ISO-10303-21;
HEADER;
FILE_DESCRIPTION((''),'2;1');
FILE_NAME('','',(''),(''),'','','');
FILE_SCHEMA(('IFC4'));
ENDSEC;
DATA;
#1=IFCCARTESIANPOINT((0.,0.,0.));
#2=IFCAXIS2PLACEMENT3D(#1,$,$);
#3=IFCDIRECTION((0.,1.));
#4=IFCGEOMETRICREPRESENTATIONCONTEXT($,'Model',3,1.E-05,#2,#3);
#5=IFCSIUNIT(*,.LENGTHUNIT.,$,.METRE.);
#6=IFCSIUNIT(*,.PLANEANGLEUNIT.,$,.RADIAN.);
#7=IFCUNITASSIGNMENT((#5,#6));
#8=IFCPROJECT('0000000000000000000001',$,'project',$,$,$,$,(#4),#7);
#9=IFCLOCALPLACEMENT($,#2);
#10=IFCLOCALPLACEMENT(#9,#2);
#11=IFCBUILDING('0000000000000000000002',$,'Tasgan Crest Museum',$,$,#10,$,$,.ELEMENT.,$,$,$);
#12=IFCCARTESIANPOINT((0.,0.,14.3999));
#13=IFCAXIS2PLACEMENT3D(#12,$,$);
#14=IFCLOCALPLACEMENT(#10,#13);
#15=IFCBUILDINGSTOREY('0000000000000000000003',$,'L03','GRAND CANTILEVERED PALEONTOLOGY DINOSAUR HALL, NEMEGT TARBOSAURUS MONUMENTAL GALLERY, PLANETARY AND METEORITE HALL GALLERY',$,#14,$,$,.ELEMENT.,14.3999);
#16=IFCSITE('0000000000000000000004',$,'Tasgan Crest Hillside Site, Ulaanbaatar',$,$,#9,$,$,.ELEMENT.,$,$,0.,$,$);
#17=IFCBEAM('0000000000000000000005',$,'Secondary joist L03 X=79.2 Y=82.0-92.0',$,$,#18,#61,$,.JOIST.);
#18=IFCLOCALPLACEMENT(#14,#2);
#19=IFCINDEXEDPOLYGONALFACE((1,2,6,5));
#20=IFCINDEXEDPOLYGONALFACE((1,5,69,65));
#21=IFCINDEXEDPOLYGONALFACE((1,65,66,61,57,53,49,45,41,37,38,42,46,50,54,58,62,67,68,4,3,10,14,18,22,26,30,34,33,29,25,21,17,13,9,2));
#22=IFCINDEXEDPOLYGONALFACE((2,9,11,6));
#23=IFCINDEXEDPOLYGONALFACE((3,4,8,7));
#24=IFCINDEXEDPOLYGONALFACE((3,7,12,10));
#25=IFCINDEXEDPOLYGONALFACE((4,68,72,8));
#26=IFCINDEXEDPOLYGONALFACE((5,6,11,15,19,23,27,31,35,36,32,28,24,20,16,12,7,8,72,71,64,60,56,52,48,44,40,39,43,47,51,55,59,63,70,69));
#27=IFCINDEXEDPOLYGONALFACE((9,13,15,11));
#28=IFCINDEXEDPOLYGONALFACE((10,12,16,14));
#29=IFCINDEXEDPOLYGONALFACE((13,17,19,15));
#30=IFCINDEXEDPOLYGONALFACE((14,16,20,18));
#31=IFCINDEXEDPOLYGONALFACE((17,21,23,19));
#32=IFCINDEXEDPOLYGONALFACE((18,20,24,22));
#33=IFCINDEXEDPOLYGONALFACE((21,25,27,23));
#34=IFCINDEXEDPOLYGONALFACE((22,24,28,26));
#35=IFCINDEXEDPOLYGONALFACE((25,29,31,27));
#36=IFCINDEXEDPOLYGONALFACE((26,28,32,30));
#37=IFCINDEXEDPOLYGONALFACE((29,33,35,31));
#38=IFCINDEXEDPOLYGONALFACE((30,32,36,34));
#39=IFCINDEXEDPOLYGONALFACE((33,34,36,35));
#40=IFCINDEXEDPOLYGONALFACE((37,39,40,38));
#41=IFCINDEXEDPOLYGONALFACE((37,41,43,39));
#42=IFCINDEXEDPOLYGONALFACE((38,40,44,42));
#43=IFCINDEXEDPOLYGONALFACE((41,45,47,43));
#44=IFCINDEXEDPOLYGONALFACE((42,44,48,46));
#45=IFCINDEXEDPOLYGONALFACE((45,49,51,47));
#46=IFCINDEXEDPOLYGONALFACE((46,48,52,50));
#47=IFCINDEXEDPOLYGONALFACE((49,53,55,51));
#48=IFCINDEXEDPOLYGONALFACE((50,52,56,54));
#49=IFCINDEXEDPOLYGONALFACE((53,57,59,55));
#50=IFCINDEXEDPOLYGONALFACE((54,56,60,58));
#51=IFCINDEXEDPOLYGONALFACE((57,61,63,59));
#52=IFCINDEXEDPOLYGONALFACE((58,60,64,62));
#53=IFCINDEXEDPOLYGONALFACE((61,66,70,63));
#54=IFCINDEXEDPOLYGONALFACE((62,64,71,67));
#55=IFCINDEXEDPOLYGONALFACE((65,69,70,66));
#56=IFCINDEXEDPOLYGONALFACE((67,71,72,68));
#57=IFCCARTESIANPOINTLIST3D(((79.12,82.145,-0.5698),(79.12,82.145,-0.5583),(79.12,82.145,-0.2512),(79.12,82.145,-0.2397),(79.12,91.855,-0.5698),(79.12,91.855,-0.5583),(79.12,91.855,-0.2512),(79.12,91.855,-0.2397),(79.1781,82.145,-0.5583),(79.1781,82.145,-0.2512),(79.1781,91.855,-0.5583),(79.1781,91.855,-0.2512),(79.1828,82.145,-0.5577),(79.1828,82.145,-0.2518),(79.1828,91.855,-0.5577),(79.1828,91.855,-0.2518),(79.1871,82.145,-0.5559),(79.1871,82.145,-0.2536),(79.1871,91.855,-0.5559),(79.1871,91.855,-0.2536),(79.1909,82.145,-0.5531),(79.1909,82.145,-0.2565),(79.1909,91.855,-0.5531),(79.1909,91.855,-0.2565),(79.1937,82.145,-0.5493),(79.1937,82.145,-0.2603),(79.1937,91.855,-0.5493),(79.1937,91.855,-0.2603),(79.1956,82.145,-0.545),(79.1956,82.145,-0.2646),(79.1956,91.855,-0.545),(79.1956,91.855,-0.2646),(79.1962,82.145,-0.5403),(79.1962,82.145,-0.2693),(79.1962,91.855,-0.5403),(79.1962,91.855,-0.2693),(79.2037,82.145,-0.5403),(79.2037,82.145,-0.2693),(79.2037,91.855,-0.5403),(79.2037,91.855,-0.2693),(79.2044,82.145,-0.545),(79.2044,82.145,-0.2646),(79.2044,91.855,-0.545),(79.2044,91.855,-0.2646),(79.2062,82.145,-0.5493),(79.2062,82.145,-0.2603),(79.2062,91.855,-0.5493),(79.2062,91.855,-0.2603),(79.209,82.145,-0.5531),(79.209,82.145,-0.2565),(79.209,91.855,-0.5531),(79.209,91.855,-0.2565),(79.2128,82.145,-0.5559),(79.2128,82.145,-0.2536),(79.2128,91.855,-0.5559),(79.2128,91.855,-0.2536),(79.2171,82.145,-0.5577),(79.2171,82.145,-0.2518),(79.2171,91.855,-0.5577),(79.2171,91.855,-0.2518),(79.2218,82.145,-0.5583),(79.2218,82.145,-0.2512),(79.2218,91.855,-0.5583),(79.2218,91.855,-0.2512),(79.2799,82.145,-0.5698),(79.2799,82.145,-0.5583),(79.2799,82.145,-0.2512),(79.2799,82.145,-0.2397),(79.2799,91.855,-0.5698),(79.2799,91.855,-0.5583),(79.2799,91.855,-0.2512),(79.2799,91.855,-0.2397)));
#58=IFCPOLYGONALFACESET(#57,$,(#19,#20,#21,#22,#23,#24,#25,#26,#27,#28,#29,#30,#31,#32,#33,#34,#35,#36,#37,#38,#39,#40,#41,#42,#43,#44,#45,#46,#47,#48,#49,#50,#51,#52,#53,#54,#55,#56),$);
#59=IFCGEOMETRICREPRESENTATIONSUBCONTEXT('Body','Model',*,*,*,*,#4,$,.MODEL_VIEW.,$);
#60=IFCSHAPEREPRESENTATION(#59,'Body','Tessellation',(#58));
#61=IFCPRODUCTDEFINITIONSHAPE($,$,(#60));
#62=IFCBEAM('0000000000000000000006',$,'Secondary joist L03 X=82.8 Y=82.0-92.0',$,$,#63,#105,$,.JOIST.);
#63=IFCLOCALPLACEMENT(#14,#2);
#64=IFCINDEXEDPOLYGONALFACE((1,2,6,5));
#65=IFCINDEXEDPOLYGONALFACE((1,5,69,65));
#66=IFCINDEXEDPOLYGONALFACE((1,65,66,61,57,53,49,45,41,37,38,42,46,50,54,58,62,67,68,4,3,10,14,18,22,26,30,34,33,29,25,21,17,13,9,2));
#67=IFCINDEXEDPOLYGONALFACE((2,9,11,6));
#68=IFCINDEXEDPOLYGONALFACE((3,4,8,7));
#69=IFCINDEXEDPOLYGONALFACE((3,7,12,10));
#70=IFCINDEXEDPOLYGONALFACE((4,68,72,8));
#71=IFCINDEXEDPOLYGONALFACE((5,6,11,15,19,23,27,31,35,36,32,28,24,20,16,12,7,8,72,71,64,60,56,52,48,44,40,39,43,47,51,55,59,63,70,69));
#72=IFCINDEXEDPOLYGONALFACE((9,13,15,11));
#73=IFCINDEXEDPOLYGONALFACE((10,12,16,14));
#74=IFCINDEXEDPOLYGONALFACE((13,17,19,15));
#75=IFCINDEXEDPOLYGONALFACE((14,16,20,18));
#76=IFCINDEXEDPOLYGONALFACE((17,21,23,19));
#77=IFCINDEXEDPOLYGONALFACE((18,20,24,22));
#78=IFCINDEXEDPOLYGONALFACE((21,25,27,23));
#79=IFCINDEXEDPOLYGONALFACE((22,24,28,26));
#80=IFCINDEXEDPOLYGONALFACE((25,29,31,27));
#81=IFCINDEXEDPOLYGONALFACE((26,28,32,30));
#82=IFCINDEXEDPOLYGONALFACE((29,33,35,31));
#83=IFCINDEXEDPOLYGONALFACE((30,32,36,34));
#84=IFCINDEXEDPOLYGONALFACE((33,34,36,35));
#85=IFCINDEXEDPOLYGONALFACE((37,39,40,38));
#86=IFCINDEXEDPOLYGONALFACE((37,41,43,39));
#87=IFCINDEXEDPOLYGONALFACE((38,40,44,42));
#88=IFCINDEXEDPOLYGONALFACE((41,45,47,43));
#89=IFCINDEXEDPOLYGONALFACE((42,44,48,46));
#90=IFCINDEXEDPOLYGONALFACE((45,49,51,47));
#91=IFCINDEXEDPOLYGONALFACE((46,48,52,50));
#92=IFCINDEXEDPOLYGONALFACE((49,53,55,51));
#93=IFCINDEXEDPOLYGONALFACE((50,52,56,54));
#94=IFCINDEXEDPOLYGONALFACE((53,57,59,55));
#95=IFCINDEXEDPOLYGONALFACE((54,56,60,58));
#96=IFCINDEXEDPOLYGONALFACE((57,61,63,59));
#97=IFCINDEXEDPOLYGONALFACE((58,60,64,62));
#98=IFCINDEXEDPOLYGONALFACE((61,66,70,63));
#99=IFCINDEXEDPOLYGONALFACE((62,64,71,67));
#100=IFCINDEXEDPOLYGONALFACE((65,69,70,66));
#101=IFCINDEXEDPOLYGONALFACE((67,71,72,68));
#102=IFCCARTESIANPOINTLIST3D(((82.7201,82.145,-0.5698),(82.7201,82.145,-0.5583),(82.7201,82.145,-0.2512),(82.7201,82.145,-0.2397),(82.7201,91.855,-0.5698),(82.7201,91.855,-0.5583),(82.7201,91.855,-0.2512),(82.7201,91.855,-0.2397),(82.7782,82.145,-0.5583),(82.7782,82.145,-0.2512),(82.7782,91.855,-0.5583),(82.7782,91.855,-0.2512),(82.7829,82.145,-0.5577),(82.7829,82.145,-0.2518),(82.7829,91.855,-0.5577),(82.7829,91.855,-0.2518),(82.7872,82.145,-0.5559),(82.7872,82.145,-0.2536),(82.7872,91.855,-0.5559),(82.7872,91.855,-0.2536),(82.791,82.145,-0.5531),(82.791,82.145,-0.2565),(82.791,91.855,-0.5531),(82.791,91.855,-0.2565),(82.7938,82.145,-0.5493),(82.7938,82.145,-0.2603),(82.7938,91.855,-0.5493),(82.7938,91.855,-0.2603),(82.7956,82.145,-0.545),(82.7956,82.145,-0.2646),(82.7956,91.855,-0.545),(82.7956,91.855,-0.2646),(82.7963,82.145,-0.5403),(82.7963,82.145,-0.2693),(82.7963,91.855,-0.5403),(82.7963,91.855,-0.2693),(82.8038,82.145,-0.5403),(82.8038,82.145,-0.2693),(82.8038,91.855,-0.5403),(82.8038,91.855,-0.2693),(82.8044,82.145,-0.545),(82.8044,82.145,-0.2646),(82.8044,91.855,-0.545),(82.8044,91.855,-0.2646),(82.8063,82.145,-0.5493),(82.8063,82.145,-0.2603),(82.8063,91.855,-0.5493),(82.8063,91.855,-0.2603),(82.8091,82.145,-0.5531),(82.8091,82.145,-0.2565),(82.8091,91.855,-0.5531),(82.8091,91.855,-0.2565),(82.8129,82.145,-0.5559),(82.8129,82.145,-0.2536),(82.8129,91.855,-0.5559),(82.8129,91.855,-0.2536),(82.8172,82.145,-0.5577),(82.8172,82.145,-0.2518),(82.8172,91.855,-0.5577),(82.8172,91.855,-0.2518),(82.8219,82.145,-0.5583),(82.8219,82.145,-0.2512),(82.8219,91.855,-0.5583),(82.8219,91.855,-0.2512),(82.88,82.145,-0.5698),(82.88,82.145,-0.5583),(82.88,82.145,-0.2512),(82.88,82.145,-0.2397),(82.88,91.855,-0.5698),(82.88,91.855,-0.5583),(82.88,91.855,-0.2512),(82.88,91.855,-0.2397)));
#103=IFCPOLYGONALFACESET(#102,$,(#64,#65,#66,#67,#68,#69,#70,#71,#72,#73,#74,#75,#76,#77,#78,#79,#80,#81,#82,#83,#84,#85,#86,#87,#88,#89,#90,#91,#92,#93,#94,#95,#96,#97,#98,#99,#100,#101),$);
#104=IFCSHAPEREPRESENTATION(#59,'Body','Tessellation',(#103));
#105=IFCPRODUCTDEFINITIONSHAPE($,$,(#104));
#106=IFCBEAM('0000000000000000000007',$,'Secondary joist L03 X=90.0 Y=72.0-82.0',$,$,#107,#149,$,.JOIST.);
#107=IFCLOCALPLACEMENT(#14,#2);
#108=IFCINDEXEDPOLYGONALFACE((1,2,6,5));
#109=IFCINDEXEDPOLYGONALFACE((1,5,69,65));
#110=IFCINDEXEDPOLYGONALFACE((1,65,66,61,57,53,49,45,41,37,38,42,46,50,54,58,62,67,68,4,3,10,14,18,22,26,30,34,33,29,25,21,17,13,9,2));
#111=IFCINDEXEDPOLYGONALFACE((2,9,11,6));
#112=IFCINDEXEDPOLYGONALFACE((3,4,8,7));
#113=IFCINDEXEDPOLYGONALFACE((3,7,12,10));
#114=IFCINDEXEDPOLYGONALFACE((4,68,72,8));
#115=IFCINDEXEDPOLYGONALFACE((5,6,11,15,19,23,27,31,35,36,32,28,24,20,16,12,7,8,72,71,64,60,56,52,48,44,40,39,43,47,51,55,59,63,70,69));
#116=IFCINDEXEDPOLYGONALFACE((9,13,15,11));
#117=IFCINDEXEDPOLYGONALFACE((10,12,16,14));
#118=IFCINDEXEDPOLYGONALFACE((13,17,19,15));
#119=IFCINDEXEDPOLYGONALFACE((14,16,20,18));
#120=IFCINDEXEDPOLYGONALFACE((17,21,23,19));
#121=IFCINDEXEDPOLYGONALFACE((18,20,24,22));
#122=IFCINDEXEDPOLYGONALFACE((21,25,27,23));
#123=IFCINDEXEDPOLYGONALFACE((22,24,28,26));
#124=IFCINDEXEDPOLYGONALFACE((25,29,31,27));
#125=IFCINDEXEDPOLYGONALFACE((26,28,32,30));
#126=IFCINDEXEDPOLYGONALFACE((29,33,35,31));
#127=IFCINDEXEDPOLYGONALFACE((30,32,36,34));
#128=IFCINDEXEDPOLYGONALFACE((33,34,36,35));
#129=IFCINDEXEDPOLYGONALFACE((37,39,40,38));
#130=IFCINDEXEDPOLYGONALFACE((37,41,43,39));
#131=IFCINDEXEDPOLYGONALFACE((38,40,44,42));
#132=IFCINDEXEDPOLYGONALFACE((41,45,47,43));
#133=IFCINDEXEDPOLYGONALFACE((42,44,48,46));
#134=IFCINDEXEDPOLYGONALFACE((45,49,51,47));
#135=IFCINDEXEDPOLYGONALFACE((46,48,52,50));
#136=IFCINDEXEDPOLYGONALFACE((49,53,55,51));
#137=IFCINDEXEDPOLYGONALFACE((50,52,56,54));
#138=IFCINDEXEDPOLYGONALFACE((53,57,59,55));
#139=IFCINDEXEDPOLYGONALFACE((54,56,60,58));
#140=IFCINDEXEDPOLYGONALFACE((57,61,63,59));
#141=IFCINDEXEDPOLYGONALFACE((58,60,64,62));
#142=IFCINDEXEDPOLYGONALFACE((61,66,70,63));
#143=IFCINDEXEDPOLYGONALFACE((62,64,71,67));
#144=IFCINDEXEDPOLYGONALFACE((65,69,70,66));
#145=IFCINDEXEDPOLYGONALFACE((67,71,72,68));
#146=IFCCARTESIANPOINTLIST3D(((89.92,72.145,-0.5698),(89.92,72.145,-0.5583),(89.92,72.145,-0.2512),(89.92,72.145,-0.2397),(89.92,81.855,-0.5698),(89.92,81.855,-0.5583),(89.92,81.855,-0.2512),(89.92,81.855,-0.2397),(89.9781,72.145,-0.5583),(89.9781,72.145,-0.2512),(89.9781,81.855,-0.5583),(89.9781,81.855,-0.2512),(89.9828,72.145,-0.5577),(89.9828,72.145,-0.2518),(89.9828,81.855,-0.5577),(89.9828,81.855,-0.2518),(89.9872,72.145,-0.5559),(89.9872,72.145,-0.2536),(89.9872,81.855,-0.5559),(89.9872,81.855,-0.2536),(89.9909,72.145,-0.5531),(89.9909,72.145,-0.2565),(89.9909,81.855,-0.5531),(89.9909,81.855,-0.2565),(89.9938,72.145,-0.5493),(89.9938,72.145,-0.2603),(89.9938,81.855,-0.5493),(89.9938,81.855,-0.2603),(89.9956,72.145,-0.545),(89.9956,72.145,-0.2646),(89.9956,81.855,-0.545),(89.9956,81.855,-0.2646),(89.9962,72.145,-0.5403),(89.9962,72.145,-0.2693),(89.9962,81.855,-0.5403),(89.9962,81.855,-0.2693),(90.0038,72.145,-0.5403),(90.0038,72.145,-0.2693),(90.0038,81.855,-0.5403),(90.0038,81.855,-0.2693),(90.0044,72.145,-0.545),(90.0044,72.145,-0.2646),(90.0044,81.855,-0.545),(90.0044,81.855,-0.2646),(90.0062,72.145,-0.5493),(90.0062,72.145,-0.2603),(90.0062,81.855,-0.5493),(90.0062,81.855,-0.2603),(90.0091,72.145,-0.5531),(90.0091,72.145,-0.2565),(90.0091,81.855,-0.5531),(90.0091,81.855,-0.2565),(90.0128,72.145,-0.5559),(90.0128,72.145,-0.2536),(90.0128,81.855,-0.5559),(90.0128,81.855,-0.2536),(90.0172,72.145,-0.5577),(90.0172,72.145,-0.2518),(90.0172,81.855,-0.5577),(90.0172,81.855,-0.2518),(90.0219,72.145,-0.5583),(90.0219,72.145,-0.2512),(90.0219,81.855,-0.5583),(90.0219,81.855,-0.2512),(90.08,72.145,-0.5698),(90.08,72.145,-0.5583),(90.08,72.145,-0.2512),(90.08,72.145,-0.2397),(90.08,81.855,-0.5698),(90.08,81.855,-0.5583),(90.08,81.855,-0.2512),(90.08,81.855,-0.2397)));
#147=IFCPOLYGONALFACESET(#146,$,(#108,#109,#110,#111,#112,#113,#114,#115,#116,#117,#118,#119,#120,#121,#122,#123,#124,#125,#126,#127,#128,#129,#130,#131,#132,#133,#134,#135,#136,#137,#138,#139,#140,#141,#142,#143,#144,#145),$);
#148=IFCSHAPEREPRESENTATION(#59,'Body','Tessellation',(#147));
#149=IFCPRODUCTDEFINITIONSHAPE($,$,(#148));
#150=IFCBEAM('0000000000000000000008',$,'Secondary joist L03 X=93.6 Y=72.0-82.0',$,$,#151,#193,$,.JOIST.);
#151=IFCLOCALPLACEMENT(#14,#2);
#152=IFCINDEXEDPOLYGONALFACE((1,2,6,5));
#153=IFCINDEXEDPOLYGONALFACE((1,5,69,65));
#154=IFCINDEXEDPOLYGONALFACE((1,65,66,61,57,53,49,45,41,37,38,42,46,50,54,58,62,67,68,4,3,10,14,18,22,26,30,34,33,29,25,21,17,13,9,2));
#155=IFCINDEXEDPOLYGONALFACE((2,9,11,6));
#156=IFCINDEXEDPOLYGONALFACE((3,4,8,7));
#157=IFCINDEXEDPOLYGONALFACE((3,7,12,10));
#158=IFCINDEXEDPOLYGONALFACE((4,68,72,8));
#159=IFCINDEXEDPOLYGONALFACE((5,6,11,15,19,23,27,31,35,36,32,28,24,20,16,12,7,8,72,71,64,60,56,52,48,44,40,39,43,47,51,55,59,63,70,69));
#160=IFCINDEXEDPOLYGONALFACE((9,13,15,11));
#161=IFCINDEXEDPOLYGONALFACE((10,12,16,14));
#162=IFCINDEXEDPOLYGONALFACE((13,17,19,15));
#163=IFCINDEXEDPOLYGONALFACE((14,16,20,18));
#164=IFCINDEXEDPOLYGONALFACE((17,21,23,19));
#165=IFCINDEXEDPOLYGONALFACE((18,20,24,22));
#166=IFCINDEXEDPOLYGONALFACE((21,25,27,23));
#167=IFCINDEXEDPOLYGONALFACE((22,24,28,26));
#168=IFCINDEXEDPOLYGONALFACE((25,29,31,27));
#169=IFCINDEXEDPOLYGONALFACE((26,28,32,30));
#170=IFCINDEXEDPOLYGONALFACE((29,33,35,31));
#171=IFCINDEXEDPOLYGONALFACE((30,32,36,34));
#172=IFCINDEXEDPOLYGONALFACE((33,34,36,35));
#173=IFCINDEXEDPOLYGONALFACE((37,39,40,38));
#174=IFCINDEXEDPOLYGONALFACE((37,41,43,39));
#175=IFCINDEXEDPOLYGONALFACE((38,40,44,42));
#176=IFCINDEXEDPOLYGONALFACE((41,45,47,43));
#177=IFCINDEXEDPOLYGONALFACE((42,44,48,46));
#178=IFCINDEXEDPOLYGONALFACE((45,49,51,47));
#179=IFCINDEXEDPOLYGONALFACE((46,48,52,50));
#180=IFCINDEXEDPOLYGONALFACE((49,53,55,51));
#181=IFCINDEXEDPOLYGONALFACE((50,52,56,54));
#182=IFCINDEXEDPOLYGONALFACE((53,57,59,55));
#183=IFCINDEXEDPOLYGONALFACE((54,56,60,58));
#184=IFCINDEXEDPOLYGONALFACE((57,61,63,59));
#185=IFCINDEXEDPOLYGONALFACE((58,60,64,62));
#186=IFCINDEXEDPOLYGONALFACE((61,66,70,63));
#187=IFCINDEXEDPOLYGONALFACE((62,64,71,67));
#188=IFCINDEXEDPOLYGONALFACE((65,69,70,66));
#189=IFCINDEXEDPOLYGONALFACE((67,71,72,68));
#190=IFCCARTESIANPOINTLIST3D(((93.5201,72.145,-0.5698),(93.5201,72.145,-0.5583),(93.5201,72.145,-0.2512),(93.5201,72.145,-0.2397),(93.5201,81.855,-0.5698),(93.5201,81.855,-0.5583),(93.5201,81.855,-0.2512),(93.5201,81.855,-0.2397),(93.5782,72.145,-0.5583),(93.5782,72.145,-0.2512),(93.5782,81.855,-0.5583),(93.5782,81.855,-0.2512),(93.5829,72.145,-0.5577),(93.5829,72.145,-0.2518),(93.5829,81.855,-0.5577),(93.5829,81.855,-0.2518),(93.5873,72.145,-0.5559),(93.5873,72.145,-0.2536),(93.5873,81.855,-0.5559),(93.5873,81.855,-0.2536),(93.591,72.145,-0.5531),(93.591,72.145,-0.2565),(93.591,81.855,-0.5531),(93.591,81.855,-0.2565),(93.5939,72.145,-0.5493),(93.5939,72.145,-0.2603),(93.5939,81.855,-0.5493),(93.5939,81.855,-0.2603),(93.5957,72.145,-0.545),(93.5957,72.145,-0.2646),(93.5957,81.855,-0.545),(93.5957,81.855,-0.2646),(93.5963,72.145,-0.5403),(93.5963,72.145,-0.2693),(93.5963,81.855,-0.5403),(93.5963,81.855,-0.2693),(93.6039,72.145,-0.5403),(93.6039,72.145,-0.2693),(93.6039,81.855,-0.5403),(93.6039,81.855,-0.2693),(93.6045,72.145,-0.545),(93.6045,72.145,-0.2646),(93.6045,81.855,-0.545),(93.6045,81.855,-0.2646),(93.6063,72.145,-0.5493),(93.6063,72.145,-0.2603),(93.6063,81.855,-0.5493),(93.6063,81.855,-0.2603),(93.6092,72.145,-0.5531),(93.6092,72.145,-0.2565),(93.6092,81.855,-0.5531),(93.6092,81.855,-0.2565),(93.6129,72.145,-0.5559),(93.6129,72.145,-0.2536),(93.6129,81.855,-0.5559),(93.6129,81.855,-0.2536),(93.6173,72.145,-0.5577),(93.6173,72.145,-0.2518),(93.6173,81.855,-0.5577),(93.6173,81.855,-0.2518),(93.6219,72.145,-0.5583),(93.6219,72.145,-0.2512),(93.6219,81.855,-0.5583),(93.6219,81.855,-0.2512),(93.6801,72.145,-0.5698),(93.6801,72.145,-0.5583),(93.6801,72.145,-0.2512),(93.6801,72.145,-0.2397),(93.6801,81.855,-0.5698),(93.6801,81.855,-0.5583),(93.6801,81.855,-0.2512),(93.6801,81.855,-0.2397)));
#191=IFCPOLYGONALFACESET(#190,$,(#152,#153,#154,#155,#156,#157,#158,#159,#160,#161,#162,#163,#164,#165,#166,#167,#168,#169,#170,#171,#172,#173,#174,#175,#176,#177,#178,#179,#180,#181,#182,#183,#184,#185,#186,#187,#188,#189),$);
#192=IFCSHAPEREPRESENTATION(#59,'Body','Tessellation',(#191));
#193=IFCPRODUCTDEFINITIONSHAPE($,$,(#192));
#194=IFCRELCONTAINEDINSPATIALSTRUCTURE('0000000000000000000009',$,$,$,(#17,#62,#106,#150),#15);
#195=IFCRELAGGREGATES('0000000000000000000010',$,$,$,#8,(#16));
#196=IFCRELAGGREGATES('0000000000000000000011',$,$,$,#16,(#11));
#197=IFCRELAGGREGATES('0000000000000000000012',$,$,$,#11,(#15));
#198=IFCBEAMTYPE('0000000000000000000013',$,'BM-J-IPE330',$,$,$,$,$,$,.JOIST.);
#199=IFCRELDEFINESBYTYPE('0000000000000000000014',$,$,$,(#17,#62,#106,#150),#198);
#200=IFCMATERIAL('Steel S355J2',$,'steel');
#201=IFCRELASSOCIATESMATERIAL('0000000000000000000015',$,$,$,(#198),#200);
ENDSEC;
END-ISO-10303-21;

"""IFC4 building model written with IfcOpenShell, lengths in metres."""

from ifc_helpers import new_model, si_unit, direction, frame, origin, origin_2d, place, context, subcontext, project, spatial, i_section, extrude, material, material_profile, profile_set, type_object, element, save


model = new_model("IFC4")

# Units and contexts
model_context = context("Model", 3, precision=1e-05, world=origin(), true_north=direction((0.0, 1.0)))
body_context = subcontext(model_context, "Body", "Model", "MODEL_VIEW")
ifc_project = project(units=[si_unit("LENGTHUNIT", "METRE"), si_unit("PLANEANGLEUNIT", "RADIAN")], contexts=[model_context])

# Site, building, storey
site_placement = place(None, origin())
site = spatial("IfcSite", under=ifc_project, at=site_placement, Name="Tasgan Crest Hillside Site, Ulaanbaatar", CompositionType="ELEMENT", RefElevation=0.0)
building_placement = place(site_placement, origin())
building = spatial("IfcBuilding", under=site, at=building_placement, Name="Tasgan Crest Museum", CompositionType="ELEMENT")
storey_placement = place(building_placement, frame((0.0, 0.0, 14.3999)))
storey = spatial("IfcBuildingStorey", under=building, at=storey_placement, Name="L03", Description="GRAND CANTILEVERED PALEONTOLOGY DINOSAUR HALL, NEMEGT TARBOSAURUS MONUMENTAL GALLERY, PLANETARY AND METEORITE HALL GALLERY", CompositionType="ELEMENT", Elevation=14.3999)

# Beams
ifc_material_1 = material(Name="Steel S355J2", Category="steel")
ifc_material_profile_1 = material_profile(ifc_material_1, i_section(OverallWidth=0.1599, OverallDepth=0.3301, WebThickness=0.0076, FlangeThickness=0.0115, FilletRadius=0.0181, at=origin_2d()), Name="IPE 330")
ifc_profile_set_1 = profile_set([ifc_material_profile_1], Name="Steel S355J2")
beam_type_1 = type_object("IfcBeamType", Name="BM-J-IPE330", PredefinedType="JOIST", material=ifc_profile_set_1)
for number, where, z_axis, x_axis, name in (
    (1, (79.2, 82.145, -0.4048), (0.0, 1.0, 0.0), (-1.0, 0.0, 0.0), "Secondary joist L03 X=79.2 Y=82.0-92.0"),
    (2, (82.8, 82.145, -0.4048), (0.0, 1.0, 0.0), (-1.0, 0.0, 0.0), "Secondary joist L03 X=82.8 Y=82.0-92.0"),
    (3, (90.0, 72.145, -0.4048), (0.0, 1.0, 0.0), (-1.0, 0.0, 0.0), "Secondary joist L03 X=90.0 Y=72.0-82.0"),
    (4, (93.6001, 72.145, -0.4048), (0.0, 1.0, 0.0), (-1.0, 0.0, 0.0), "Secondary joist L03 X=93.6 Y=72.0-82.0"),
):
    element("IfcBeam", number, at=place(storey_placement, frame(where, z_axis=z_axis, x_axis=x_axis)), inside=storey, type_object=beam_type_1, Name=name, PredefinedType="JOIST", context=body_context, shape_type="SweptSolid", body=[
        extrude(i_section(OverallWidth=0.1599, OverallDepth=0.3301, WebThickness=0.0076, FlangeThickness=0.0115, FilletRadius=0.0181, at=origin_2d()), origin(), (0.0, 0.0, 1.0), 9.71),
    ])

save(model, "model.ifc")
